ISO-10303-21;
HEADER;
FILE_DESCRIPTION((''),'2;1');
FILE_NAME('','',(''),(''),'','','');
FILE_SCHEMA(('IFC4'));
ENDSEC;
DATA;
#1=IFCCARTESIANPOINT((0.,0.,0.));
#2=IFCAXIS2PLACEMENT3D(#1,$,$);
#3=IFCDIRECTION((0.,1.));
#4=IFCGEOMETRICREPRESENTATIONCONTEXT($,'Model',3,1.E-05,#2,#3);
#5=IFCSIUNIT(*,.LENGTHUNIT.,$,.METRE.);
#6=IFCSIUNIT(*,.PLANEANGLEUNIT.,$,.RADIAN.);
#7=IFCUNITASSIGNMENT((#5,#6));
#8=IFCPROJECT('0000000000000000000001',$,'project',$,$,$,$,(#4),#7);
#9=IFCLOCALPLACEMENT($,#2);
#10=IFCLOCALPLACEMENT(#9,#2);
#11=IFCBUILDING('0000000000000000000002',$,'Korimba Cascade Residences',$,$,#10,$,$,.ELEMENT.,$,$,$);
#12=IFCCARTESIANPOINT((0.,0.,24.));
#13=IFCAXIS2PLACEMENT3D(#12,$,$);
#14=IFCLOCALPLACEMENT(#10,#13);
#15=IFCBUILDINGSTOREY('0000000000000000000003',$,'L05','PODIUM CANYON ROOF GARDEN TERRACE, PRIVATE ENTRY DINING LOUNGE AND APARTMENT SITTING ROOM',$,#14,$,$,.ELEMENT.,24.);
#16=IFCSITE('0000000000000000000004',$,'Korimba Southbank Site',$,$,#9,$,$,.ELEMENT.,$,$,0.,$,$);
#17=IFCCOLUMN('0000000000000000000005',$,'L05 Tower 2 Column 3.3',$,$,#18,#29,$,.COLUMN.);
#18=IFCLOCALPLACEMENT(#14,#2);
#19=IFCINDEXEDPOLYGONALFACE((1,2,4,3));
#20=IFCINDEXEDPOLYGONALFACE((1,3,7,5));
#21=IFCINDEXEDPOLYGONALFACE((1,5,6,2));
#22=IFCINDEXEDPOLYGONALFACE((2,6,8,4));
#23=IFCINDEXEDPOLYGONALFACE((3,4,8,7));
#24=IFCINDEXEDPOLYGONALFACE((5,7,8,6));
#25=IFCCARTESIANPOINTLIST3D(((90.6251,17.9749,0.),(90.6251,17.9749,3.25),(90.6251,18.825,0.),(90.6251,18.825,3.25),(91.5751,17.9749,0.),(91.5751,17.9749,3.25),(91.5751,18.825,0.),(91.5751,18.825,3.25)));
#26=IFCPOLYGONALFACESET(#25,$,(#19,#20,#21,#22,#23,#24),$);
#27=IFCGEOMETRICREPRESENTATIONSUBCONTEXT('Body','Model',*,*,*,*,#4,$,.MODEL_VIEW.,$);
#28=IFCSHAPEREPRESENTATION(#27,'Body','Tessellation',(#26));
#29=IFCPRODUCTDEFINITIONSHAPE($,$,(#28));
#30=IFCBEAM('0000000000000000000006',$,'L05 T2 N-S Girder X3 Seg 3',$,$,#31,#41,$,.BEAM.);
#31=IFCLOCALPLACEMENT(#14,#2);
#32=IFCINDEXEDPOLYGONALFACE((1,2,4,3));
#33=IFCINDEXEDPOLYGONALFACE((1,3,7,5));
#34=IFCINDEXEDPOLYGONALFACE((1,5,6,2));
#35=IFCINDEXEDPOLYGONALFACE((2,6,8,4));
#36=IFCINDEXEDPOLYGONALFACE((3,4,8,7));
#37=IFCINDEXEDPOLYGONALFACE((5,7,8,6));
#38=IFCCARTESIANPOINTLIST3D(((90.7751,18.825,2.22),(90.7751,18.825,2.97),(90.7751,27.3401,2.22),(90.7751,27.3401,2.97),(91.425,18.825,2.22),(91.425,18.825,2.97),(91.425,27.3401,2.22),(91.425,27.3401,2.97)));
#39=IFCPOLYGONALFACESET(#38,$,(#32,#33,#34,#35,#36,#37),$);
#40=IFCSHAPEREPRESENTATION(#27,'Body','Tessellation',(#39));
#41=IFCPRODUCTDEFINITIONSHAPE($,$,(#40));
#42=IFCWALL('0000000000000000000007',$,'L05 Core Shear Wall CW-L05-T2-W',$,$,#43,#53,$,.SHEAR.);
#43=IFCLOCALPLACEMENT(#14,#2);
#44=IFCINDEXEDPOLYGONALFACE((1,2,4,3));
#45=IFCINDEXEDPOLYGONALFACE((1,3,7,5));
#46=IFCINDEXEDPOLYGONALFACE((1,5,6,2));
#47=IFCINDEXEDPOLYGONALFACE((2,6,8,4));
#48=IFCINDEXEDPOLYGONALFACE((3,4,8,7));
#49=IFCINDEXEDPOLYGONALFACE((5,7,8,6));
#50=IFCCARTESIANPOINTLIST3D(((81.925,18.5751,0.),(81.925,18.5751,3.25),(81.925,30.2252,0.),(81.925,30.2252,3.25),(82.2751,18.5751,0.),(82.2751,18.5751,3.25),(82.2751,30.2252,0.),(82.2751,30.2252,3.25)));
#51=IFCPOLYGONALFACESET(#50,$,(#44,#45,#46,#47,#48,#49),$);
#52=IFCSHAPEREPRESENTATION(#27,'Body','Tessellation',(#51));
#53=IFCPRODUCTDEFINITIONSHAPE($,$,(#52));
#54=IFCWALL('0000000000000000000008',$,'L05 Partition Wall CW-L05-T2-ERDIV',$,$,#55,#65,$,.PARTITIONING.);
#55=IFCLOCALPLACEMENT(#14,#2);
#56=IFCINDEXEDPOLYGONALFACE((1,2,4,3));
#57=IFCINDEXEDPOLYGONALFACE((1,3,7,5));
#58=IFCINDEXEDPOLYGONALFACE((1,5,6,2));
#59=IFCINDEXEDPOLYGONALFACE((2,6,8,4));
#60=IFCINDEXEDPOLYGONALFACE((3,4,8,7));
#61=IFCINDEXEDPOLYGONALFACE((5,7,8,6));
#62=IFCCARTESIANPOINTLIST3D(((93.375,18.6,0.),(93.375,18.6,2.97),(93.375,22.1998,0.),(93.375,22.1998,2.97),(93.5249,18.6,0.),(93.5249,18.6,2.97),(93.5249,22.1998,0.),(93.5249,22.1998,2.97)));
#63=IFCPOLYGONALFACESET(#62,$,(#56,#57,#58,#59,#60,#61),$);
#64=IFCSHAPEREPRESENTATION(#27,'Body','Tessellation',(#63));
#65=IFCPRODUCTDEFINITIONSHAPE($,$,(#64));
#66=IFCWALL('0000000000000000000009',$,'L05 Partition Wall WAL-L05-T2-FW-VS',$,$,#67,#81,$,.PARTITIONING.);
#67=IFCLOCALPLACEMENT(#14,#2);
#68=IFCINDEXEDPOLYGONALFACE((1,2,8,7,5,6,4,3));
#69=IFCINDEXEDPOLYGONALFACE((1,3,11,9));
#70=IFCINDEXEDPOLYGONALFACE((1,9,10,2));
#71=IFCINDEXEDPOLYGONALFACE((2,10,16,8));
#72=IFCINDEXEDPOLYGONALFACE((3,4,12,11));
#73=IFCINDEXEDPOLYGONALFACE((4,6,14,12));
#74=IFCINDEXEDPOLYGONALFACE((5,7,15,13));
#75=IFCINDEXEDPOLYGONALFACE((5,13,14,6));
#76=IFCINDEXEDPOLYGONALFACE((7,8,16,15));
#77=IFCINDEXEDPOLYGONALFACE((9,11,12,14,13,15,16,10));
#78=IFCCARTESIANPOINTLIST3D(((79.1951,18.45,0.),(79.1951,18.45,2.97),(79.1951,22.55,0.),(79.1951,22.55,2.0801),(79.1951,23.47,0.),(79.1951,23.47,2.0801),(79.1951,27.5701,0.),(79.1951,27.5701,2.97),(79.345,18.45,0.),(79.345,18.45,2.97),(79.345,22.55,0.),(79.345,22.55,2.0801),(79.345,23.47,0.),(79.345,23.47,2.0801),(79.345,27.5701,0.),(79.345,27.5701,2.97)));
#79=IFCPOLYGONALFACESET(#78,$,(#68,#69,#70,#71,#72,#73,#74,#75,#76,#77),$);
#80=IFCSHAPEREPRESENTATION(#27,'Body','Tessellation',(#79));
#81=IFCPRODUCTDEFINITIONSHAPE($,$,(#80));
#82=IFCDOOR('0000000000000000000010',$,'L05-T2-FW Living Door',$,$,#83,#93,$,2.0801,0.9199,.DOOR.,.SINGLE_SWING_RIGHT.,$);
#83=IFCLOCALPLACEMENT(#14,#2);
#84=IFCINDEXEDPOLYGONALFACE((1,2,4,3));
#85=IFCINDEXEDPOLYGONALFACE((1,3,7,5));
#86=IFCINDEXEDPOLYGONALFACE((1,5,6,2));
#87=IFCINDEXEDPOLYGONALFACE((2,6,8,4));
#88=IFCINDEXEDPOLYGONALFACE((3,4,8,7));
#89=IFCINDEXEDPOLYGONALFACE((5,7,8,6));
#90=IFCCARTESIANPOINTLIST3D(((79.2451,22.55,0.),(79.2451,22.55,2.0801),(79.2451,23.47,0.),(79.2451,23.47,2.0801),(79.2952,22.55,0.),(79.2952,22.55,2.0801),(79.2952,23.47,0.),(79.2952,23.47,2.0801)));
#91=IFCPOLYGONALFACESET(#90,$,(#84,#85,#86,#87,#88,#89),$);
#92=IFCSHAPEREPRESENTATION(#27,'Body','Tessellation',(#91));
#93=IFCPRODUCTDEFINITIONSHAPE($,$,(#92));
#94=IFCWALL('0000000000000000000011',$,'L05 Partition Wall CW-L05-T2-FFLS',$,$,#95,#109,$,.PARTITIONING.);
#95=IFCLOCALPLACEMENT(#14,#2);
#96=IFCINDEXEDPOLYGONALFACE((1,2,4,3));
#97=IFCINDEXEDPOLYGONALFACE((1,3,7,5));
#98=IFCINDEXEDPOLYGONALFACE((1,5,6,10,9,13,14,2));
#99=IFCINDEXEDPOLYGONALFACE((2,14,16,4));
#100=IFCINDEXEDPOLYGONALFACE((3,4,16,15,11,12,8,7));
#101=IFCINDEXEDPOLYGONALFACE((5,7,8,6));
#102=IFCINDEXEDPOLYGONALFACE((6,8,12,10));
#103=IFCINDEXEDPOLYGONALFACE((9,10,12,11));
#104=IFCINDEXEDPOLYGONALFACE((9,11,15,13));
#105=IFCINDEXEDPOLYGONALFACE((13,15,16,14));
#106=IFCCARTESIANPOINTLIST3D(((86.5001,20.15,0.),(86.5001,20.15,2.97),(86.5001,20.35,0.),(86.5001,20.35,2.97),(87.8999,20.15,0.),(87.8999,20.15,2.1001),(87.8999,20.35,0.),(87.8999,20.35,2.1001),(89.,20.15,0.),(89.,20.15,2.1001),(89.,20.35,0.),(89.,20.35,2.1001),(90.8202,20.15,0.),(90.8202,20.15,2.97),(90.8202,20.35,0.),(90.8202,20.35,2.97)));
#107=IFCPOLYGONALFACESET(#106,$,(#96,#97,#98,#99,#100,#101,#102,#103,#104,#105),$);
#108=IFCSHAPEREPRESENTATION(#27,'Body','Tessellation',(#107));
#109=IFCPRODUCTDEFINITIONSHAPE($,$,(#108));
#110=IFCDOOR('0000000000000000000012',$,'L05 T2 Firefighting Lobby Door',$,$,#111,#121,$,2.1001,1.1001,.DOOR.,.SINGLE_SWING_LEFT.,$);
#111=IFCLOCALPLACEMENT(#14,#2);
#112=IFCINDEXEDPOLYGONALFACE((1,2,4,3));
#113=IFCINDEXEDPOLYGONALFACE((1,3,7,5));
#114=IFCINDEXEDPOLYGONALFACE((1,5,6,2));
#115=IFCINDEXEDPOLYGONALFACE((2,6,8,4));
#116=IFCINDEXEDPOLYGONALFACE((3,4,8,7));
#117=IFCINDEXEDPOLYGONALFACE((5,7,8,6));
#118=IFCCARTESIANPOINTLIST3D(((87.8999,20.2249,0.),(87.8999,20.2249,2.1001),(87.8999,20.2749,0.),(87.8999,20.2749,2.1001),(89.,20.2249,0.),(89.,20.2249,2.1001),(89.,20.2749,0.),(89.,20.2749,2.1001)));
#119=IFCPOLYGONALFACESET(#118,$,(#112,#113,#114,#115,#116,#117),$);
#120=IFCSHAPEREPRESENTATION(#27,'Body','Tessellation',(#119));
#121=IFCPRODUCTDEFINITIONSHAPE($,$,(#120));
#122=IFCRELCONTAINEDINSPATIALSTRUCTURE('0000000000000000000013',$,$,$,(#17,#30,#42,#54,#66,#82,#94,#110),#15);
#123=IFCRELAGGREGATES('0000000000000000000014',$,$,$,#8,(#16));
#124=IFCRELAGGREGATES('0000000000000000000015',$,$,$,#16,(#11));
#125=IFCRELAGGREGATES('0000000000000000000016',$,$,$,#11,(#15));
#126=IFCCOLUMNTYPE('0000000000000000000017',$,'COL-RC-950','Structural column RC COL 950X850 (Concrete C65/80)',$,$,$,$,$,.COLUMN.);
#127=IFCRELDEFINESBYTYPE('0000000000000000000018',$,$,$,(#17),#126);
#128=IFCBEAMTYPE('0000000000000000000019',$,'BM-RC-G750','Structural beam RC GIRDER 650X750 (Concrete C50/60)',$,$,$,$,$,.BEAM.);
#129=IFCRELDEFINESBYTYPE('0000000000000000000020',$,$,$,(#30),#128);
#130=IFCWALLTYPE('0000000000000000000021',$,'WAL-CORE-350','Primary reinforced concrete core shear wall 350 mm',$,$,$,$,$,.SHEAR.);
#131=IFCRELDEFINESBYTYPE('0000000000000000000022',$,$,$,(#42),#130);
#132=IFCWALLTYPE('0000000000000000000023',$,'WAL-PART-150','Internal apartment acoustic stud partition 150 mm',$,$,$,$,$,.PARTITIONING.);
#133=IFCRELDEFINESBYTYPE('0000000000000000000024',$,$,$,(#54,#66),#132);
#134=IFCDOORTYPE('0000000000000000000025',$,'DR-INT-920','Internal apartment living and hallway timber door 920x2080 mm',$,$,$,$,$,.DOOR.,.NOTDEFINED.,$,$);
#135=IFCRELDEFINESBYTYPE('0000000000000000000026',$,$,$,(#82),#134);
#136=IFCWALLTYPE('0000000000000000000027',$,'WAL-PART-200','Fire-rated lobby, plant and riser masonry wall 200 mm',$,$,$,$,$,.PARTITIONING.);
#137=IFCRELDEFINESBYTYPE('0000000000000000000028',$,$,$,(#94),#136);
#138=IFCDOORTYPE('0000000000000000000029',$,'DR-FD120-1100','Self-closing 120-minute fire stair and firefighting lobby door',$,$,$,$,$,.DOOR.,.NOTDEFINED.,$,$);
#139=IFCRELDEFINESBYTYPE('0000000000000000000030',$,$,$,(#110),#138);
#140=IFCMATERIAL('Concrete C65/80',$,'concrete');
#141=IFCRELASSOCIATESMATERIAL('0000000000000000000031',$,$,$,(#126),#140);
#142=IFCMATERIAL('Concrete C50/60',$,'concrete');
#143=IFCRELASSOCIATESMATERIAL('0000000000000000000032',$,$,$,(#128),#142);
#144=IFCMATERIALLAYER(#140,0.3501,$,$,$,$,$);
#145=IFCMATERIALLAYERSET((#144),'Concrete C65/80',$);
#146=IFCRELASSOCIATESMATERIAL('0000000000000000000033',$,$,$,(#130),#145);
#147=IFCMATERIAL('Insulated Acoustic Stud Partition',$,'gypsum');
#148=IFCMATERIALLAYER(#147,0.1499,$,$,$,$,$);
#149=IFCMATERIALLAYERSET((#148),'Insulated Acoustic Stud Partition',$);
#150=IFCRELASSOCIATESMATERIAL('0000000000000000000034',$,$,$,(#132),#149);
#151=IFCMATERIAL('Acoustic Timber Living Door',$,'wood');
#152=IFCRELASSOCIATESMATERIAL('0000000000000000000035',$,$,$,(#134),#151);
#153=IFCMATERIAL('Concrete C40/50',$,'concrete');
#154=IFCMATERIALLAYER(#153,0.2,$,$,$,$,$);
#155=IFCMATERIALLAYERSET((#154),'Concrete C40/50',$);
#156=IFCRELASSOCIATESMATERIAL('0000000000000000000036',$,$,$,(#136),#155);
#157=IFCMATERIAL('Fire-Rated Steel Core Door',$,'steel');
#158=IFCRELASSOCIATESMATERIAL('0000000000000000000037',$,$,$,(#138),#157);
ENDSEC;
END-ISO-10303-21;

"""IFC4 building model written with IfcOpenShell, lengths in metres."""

from ifc_helpers import new_model, si_unit, direction, frame, frame_2d, origin, origin_2d, place, context, subcontext, project, spatial, rectangle, extrude, material, layer, layer_set, material_profile, profile_set, type_object, element, fill, save


model = new_model("IFC4")

# Units and contexts
model_context = context("Model", 3, precision=1e-05, world=origin(), true_north=direction((0.0, 1.0)))
body_context = subcontext(model_context, "Body", "Model", "MODEL_VIEW")
ifc_project = project(units=[si_unit("LENGTHUNIT", "METRE"), si_unit("PLANEANGLEUNIT", "RADIAN")], contexts=[model_context])

# Site, building, storey
site_placement = place(None, origin())
site = spatial("IfcSite", under=ifc_project, at=site_placement, Name="Korimba Southbank Site", CompositionType="ELEMENT", RefElevation=0.0)
building_placement = place(site_placement, origin())
building = spatial("IfcBuilding", under=site, at=building_placement, Name="Korimba Cascade Residences", CompositionType="ELEMENT")
storey_placement = place(building_placement, frame((0.0, 0.0, 24.0)))
storey = spatial("IfcBuildingStorey", under=building, at=storey_placement, Name="L05", Description="PODIUM CANYON ROOF GARDEN TERRACE, PRIVATE ENTRY DINING LOUNGE AND APARTMENT SITTING ROOM", CompositionType="ELEMENT", Elevation=24.0)

# Column
ifc_material_1 = material(Name="Concrete C65/80", Category="concrete")
ifc_material_profile_1 = material_profile(ifc_material_1, rectangle(XDim=0.95, YDim=0.8501, at=origin_2d()), Name="Concrete C65/80")
ifc_profile_set_1 = profile_set([ifc_material_profile_1], Name="Concrete C65/80")
column_type = type_object("IfcColumnType", Name="COL-RC-950", Description="Structural column RC COL 950X850 (Concrete C65/80)", PredefinedType="COLUMN", material=ifc_profile_set_1)
column_placement = place(storey_placement, frame((91.1001, 18.3999, 0.0), z_axis=(0.0, 0.0, 1.0), x_axis=(1.0, 0.0, 0.0)))
element("IfcColumn", 1, at=column_placement, inside=storey, type_object=column_type, Name="L05 Tower 2 Column 3.3", PredefinedType="COLUMN", context=body_context, shape_type="SweptSolid", body=[
    extrude(rectangle(XDim=0.95, YDim=0.8501, at=origin_2d()), origin(), (0.0, 0.0, 1.0), 3.25),
])

# Beam
ifc_material_2 = material(Name="Concrete C50/60", Category="concrete")
ifc_material_profile_2 = material_profile(ifc_material_2, rectangle(XDim=0.6499, YDim=0.75, at=origin_2d()), Name="Concrete C50/60")
ifc_profile_set_2 = profile_set([ifc_material_profile_2], Name="Concrete C50/60")
beam_type = type_object("IfcBeamType", Name="BM-RC-G750", Description="Structural beam RC GIRDER 650X750 (Concrete C50/60)", PredefinedType="BEAM", material=ifc_profile_set_2)
beam_placement = place(storey_placement, frame((91.1001, 18.825, 2.595), z_axis=(0.0, 1.0, 0.0), x_axis=(-1.0, 0.0, 0.0)))
element("IfcBeam", 2, at=beam_placement, inside=storey, type_object=beam_type, Name="L05 T2 N-S Girder X3 Seg 3", PredefinedType="BEAM", context=body_context, shape_type="SweptSolid", body=[
    extrude(rectangle(XDim=0.6499, YDim=0.75, at=origin_2d()), origin(), (0.0, 0.0, 1.0), 8.5151),
])

# Walls
ifc_layer_1 = layer(ifc_material_1, 0.3501)
ifc_layer_set_1 = layer_set([ifc_layer_1], Name="Concrete C65/80")
wall_type_1 = type_object("IfcWallType", Name="WAL-CORE-350", Description="Primary reinforced concrete core shear wall 350 mm", PredefinedType="SHEAR", material=ifc_layer_set_1)
wall_1_placement = place(storey_placement, frame((82.1001, 18.575, 0.0), z_axis=(0.0, 0.0, 1.0), x_axis=(0.0, 1.0, 0.0)))
element("IfcWall", 3, at=wall_1_placement, inside=storey, type_object=wall_type_1, Name="L05 Core Shear Wall CW-L05-T2-W", PredefinedType="SHEAR", context=body_context, shape_type="SweptSolid", body=[
    extrude(rectangle(XDim=11.6501, YDim=0.3501, at=frame_2d((5.8252, 0.0))), origin(), (0.0, 0.0, 1.0), 3.25),
])
ifc_material_3 = material(Name="Insulated Acoustic Stud Partition", Category="gypsum")
ifc_layer_2 = layer(ifc_material_3, 0.1499)
ifc_layer_set_2 = layer_set([ifc_layer_2], Name="Insulated Acoustic Stud Partition")
wall_type_2 = type_object("IfcWallType", Name="WAL-PART-150", Description="Internal apartment acoustic stud partition 150 mm", PredefinedType="PARTITIONING", material=ifc_layer_set_2)
wall_2_placement = place(storey_placement, frame((93.45, 18.6001, 0.0), z_axis=(0.0, 0.0, 1.0), x_axis=(0.0, 1.0, 0.0)))
element("IfcWall", 4, at=wall_2_placement, inside=storey, type_object=wall_type_2, Name="L05 Partition Wall CW-L05-T2-ERDIV", PredefinedType="PARTITIONING", context=body_context, shape_type="SweptSolid", body=[
    extrude(rectangle(XDim=3.5999, YDim=0.1499, at=frame_2d((1.7998, 0.0))), origin(), (0.0, 0.0, 1.0), 2.97),
])

# Walls, openings, doors
wall_3_placement = place(storey_placement, frame((79.27, 18.45, 0.0), z_axis=(0.0, 0.0, 1.0), x_axis=(0.0, 1.0, 0.0)))
wall_3 = element("IfcWall", 5, at=wall_3_placement, inside=storey, type_object=wall_type_2, Name="L05 Partition Wall WAL-L05-T2-FW-VS", PredefinedType="PARTITIONING", context=body_context, shape_type="SweptSolid", body=[
    extrude(rectangle(XDim=9.1201, YDim=0.1499, at=frame_2d((4.5601, 0.0))), origin(), (0.0, 0.0, 1.0), 2.97),
])
opening_1_placement = place(wall_3_placement, frame((4.1001, 0.0, 0.0)))
opening_1 = element("IfcOpeningElement", 6, at=opening_1_placement, cuts=wall_3, PredefinedType="OPENING", context=body_context, shape_type="SweptSolid", body=[
    extrude(rectangle(XDim=0.9199, YDim=2.0801, at=frame_2d((0.46, 1.04))), frame((0.0, 0.085, 0.0), z_axis=(0.0, -1.0, 0.0), x_axis=(1.0, 0.0, 0.0)), (0.0, 0.0, 1.0), 0.1699),
])
ifc_material_4 = material(Name="Acoustic Timber Living Door", Category="wood")
door_type_1 = type_object("IfcDoorType", Name="DR-INT-920", Description="Internal apartment living and hallway timber door 920x2080 mm", OperationType="NOTDEFINED", PredefinedType="DOOR", material=ifc_material_4)
door_1_placement = place(opening_1_placement, origin())
door_1 = element("IfcDoor", 7, at=door_1_placement, inside=storey, type_object=door_type_1, Name="L05-T2-FW Living Door", OperationType="SINGLE_SWING_RIGHT", OverallHeight=2.0801, OverallWidth=0.9199, PredefinedType="DOOR", context=body_context, shape_type="SweptSolid", body=[
    extrude(rectangle(XDim=0.9199, YDim=2.0801, at=frame_2d((0.46, 1.04))), frame((0.0, 0.0249, 0.0), z_axis=(0.0, -1.0, 0.0), x_axis=(1.0, 0.0, 0.0)), (0.0, 0.0, 1.0), 0.05),
])
fill(opening_1, door_1)
ifc_material_5 = material(Name="Concrete C40/50", Category="concrete")
ifc_layer_3 = layer(ifc_material_5, 0.2)
ifc_layer_set_3 = layer_set([ifc_layer_3], Name="Concrete C40/50")
wall_type_3 = type_object("IfcWallType", Name="WAL-PART-200", Description="Fire-rated lobby, plant and riser masonry wall 200 mm", PredefinedType="PARTITIONING", material=ifc_layer_set_3)
wall_4_placement = place(storey_placement, frame((86.5, 20.25, 0.0), z_axis=(0.0, 0.0, 1.0), x_axis=(1.0, 0.0, 0.0)))
wall_4 = element("IfcWall", 8, at=wall_4_placement, inside=storey, type_object=wall_type_3, Name="L05 Partition Wall CW-L05-T2-FFLS", PredefinedType="PARTITIONING", context=body_context, shape_type="SweptSolid", body=[
    extrude(rectangle(XDim=4.3201, YDim=0.2, at=frame_2d((2.1602, 0.0))), origin(), (0.0, 0.0, 1.0), 2.97),
])
opening_2_placement = place(wall_4_placement, frame((1.3999, 0.0, 0.0)))
opening_2 = element("IfcOpeningElement", 9, at=opening_2_placement, cuts=wall_4, PredefinedType="OPENING", context=body_context, shape_type="SweptSolid", body=[
    extrude(rectangle(XDim=1.1001, YDim=2.1001, at=frame_2d((0.55, 1.05))), frame((0.0, 0.1099, 0.0), z_axis=(0.0, -1.0, 0.0), x_axis=(1.0, 0.0, 0.0)), (0.0, 0.0, 1.0), 0.22),
])
ifc_material_6 = material(Name="Fire-Rated Steel Core Door", Category="steel")
door_type_2 = type_object("IfcDoorType", Name="DR-FD120-1100", Description="Self-closing 120-minute fire stair and firefighting lobby door", OperationType="NOTDEFINED", PredefinedType="DOOR", material=ifc_material_6)
door_2_placement = place(opening_2_placement, origin())
door_2 = element("IfcDoor", 10, at=door_2_placement, inside=storey, type_object=door_type_2, Name="L05 T2 Firefighting Lobby Door", OperationType="SINGLE_SWING_LEFT", OverallHeight=2.1001, OverallWidth=1.1001, PredefinedType="DOOR", context=body_context, shape_type="SweptSolid", body=[
    extrude(rectangle(XDim=1.1001, YDim=2.1001, at=frame_2d((0.55, 1.05))), frame((0.0, 0.0249, 0.0), z_axis=(0.0, -1.0, 0.0), x_axis=(1.0, 0.0, 0.0)), (0.0, 0.0, 1.0), 0.05),
])
fill(opening_2, door_2)

save(model, "model.ifc")
